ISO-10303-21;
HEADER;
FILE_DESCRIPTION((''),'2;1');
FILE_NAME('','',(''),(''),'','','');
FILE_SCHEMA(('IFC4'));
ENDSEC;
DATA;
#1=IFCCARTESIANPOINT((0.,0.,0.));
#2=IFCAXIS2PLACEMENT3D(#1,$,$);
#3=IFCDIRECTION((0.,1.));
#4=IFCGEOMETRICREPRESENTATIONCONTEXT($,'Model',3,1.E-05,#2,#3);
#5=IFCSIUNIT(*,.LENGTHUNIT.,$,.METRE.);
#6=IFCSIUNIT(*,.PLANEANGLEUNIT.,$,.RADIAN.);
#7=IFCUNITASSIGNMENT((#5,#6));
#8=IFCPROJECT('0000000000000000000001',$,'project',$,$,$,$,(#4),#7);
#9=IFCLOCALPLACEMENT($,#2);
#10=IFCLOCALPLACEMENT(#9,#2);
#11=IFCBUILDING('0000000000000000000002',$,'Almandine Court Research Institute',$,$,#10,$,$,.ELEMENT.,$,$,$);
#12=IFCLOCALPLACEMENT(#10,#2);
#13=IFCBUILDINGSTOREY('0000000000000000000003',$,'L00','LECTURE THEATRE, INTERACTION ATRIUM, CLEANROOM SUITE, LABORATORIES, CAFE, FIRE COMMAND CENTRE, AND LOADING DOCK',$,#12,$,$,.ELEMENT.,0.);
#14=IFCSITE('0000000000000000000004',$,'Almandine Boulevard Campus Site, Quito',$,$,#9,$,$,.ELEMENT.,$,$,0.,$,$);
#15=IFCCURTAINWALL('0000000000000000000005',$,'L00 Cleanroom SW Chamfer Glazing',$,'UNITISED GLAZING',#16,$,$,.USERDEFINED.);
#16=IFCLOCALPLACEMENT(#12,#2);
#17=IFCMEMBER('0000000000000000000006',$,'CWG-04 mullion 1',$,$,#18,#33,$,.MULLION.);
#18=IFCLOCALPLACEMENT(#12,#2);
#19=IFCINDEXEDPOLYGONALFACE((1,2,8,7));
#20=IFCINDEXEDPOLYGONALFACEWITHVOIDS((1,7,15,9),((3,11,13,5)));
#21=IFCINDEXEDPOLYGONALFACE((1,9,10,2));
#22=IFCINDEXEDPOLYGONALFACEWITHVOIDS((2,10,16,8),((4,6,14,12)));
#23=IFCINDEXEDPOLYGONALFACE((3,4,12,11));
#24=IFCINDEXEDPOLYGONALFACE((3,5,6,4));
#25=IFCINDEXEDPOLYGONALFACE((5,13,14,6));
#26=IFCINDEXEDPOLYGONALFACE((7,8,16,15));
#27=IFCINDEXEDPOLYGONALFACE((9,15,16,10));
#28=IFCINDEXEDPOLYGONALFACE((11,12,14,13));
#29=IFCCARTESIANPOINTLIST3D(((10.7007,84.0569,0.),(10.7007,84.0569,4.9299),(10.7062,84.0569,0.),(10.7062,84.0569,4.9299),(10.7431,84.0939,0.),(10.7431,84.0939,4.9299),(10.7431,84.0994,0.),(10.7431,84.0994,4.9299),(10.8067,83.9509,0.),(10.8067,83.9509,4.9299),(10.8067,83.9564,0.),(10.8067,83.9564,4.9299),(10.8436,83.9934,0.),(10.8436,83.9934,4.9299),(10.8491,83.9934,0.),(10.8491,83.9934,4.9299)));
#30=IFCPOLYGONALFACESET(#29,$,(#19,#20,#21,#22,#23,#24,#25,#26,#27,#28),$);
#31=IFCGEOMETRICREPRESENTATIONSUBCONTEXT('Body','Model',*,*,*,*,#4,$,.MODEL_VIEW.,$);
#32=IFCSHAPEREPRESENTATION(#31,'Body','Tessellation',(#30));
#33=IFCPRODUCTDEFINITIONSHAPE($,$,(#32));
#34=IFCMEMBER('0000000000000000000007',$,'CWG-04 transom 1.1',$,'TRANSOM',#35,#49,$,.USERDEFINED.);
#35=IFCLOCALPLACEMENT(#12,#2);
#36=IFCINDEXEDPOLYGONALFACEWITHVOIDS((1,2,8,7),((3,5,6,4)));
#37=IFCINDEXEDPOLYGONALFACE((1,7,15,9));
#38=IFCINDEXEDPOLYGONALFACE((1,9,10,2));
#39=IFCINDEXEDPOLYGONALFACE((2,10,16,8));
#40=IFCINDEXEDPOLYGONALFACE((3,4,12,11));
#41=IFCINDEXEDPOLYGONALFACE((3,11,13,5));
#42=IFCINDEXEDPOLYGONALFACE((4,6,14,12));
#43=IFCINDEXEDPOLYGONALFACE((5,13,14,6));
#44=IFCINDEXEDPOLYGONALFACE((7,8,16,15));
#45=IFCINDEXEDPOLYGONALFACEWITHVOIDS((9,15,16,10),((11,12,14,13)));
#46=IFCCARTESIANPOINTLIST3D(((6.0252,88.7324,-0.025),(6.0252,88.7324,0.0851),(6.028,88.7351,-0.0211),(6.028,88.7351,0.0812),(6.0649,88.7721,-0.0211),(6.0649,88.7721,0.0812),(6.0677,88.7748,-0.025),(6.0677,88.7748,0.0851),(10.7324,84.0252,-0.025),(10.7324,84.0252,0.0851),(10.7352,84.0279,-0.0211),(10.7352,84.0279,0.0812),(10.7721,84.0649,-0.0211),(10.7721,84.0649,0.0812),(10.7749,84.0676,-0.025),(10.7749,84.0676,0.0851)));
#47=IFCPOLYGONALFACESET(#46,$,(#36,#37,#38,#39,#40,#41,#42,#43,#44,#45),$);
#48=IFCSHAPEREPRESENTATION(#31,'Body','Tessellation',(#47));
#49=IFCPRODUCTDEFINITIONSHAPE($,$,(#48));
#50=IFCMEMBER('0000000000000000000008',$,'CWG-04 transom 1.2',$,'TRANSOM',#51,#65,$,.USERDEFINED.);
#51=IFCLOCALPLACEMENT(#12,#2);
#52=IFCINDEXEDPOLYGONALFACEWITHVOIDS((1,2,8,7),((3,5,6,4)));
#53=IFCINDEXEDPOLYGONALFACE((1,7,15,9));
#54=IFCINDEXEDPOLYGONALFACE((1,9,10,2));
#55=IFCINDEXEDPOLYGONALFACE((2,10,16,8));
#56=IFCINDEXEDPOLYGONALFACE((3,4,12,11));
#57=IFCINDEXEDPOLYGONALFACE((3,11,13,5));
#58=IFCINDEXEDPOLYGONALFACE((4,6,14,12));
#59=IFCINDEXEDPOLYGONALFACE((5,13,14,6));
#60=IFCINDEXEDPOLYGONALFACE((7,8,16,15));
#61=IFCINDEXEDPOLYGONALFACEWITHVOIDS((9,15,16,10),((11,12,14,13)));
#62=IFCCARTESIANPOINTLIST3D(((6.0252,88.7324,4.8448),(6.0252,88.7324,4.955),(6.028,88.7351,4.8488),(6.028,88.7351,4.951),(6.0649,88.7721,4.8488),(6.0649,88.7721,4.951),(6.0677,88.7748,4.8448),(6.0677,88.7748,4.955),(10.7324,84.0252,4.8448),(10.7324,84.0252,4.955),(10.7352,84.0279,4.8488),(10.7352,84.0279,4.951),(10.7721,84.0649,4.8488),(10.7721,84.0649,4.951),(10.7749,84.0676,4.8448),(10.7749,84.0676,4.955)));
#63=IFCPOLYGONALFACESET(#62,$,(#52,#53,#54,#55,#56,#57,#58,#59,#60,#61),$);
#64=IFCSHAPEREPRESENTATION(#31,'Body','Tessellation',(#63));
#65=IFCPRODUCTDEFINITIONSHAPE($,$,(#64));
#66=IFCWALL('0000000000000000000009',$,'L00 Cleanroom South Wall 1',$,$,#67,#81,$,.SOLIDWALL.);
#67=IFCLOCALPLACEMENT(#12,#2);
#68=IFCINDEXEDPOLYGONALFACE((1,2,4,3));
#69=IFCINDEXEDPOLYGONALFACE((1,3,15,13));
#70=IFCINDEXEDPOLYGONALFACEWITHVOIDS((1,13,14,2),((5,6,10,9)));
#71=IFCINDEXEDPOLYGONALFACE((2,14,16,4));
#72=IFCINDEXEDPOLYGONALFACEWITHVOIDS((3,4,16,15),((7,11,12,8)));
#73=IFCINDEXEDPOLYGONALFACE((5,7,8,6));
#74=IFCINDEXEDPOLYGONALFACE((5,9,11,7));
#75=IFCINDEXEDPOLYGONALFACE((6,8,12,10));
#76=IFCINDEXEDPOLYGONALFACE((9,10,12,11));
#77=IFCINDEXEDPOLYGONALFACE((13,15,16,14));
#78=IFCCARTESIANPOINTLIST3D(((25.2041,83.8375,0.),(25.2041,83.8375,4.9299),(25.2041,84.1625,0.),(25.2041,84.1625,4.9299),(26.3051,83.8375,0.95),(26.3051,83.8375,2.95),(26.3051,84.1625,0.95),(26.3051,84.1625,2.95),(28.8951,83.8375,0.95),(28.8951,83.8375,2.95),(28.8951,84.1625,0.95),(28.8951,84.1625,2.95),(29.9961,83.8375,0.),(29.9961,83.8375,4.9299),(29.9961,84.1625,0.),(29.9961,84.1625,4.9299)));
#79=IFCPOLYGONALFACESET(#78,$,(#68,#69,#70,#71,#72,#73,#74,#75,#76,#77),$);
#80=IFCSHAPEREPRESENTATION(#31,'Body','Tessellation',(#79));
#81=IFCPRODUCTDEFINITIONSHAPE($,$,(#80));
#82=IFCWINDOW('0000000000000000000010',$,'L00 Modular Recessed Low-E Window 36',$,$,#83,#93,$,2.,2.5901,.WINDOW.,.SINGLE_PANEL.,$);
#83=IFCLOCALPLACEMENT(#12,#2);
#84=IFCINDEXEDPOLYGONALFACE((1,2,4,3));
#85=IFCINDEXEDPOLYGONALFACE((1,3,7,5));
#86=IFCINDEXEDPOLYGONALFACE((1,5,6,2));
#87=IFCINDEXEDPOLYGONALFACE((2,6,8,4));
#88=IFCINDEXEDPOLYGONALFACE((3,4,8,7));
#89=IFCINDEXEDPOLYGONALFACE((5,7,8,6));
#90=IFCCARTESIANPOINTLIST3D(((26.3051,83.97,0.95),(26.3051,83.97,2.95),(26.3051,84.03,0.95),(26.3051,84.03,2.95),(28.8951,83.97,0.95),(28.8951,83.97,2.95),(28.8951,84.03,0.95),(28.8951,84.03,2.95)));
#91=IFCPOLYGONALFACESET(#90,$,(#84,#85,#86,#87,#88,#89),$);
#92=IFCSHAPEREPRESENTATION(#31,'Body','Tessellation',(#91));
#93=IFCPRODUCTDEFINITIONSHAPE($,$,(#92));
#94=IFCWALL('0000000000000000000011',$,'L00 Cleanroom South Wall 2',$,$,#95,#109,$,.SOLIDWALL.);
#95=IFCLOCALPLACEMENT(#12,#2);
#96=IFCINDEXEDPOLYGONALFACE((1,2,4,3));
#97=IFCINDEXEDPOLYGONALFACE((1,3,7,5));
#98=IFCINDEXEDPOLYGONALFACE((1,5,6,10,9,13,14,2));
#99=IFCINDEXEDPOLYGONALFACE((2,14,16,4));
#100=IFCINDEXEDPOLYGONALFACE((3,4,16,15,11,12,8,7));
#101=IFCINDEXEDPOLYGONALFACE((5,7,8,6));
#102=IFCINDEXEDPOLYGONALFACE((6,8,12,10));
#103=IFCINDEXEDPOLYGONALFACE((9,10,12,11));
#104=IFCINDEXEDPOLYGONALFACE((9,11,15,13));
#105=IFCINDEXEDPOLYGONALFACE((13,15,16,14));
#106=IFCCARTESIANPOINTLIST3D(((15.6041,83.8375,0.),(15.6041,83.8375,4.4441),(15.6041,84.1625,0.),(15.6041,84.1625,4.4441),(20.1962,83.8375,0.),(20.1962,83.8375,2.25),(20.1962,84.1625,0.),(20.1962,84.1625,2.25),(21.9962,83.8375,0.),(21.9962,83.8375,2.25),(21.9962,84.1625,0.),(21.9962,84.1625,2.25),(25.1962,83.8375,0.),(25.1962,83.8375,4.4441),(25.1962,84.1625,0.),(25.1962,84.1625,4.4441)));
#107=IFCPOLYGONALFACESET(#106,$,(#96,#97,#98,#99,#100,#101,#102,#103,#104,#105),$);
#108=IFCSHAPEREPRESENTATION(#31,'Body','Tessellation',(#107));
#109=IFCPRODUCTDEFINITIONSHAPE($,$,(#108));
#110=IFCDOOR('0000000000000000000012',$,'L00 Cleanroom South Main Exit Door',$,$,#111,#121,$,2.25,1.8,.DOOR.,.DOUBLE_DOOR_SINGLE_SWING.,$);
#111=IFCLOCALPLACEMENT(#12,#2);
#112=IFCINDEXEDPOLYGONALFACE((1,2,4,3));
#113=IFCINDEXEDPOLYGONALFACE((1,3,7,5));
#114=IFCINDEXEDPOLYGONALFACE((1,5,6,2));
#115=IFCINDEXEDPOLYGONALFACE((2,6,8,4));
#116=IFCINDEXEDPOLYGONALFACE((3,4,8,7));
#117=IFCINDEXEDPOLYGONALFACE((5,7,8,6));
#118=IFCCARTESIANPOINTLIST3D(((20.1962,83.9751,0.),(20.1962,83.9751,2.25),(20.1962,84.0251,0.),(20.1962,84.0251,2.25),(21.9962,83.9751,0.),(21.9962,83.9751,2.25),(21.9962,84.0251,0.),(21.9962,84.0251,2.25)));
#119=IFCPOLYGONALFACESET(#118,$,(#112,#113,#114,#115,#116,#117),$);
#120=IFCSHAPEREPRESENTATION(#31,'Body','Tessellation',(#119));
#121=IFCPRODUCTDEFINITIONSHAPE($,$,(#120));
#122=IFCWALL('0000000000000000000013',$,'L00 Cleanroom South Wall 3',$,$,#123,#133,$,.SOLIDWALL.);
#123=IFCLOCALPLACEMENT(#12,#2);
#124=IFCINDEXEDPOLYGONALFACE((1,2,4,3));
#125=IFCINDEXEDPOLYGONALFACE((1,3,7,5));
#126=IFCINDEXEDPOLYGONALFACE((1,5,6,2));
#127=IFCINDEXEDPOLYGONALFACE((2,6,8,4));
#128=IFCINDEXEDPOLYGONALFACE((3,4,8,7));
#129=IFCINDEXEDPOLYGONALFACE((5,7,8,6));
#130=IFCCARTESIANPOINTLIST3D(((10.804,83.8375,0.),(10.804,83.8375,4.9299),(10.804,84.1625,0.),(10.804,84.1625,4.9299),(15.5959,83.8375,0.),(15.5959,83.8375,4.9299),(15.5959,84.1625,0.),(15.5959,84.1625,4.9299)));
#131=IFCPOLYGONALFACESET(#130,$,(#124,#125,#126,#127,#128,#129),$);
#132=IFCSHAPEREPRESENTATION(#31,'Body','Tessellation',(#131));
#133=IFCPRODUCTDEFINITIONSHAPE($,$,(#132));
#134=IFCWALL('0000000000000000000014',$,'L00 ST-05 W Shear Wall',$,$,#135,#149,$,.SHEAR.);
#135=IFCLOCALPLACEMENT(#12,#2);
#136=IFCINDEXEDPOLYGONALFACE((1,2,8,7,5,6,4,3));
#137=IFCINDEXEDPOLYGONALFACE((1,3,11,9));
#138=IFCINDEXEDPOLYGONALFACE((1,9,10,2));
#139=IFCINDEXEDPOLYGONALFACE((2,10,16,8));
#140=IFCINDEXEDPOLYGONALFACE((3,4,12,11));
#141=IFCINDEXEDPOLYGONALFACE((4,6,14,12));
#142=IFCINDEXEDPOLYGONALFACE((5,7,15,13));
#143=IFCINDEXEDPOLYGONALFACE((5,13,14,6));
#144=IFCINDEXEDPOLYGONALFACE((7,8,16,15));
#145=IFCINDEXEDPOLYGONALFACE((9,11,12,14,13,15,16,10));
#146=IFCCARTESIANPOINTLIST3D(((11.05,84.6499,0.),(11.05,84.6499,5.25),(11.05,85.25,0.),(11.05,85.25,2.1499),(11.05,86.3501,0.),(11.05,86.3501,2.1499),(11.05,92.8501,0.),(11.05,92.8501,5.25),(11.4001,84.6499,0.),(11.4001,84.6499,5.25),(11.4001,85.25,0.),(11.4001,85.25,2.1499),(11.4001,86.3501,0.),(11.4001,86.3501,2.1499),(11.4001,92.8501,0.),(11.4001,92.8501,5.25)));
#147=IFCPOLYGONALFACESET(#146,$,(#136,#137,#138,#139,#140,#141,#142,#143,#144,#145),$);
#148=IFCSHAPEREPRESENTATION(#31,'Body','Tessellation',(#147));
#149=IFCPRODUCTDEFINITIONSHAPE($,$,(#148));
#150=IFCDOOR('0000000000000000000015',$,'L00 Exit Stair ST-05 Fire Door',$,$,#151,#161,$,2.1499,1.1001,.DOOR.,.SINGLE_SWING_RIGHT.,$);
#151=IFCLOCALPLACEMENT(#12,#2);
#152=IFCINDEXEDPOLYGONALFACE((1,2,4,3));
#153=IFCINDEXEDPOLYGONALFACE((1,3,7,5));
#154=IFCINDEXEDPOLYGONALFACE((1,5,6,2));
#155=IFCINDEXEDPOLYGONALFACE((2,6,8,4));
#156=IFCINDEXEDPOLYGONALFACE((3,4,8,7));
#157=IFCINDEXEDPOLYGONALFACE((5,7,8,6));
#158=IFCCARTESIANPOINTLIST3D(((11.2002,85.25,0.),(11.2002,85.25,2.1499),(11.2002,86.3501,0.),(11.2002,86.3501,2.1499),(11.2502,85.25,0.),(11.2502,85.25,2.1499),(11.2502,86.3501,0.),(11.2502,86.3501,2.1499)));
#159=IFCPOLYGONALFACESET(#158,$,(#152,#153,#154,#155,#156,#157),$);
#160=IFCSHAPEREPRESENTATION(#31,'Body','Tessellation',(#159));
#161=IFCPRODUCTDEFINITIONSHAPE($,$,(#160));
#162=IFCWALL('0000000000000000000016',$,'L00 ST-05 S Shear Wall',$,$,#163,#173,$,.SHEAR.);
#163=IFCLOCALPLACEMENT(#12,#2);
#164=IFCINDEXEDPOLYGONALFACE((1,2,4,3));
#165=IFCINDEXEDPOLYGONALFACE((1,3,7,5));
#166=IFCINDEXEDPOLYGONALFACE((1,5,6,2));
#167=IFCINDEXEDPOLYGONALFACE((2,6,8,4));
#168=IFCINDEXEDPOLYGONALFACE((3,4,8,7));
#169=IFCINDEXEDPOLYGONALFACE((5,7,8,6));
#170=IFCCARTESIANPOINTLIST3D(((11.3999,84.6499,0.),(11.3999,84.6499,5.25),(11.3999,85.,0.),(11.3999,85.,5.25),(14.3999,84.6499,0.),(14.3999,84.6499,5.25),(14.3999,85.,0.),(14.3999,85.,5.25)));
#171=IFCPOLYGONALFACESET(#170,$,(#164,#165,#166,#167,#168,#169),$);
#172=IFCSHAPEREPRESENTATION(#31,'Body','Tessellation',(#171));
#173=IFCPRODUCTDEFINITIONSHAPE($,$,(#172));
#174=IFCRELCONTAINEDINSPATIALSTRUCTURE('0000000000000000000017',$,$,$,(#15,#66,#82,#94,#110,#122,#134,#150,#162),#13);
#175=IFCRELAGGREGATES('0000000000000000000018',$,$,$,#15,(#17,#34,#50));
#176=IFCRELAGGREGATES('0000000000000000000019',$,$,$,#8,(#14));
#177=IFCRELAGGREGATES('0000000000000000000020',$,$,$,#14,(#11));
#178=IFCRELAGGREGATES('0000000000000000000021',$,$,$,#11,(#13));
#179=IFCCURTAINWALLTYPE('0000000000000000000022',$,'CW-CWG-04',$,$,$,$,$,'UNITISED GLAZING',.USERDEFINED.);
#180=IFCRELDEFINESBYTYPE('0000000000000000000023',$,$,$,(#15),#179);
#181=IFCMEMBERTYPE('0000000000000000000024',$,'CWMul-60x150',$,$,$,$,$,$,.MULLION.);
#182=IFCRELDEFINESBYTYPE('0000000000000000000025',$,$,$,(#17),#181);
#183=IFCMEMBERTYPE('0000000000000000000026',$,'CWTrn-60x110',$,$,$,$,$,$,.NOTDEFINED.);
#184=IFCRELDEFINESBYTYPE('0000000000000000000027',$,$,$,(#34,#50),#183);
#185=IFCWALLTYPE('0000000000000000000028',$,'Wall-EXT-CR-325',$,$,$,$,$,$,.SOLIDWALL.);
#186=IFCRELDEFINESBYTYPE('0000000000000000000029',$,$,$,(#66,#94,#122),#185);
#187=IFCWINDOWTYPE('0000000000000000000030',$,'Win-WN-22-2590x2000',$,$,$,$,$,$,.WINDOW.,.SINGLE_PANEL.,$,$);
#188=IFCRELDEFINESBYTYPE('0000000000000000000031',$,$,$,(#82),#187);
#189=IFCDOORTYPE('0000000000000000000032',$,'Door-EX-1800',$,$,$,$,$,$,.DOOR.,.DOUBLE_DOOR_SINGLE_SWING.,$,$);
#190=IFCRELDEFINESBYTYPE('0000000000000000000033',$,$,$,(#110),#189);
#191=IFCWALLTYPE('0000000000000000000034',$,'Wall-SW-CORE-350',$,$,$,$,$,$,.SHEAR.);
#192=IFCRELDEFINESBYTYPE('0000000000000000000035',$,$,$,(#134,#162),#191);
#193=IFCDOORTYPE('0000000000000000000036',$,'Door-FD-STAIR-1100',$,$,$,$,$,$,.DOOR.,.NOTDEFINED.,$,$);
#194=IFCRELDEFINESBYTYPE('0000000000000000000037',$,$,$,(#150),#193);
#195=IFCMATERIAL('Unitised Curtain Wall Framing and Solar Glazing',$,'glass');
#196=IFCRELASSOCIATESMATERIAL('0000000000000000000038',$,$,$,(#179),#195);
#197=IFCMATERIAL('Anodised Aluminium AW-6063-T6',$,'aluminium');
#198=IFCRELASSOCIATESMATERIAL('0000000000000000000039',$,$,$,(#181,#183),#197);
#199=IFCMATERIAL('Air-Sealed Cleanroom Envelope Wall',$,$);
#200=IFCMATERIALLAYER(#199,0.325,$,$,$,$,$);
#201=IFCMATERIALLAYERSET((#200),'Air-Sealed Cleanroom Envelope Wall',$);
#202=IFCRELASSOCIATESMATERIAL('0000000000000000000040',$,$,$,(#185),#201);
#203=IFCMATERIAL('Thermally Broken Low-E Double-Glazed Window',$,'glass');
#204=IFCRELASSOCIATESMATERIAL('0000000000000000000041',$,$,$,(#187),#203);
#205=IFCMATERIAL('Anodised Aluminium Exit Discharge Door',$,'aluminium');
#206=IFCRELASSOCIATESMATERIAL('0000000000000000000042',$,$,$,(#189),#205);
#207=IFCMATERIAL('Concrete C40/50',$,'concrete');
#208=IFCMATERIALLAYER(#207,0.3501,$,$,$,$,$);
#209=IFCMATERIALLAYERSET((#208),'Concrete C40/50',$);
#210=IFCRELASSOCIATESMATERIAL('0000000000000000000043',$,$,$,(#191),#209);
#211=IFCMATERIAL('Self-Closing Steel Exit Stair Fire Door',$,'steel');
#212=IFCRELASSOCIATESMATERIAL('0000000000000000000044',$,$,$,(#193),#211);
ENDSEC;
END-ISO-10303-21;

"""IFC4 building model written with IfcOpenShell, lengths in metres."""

from ifc_helpers import new_model, si_unit, direction, frame, frame_2d, origin, origin_2d, place, context, subcontext, project, spatial, rectangle, hollow_rectangle, extrude, material, layer, layer_set, material_profile, profile_set, type_object, element, fill, aggregate, save


model = new_model("IFC4")

# Units and contexts
model_context = context("Model", 3, precision=1e-05, world=origin(), true_north=direction((0.0, 1.0)))
body_context = subcontext(model_context, "Body", "Model", "MODEL_VIEW")
ifc_project = project(units=[si_unit("LENGTHUNIT", "METRE"), si_unit("PLANEANGLEUNIT", "RADIAN")], contexts=[model_context])

# Site, building, storey
site_placement = place(None, origin())
site = spatial("IfcSite", under=ifc_project, at=site_placement, Name="Almandine Boulevard Campus Site, Quito", CompositionType="ELEMENT", RefElevation=0.0)
building_placement = place(site_placement, origin())
building = spatial("IfcBuilding", under=site, at=building_placement, Name="Almandine Court Research Institute", CompositionType="ELEMENT")
storey_placement = place(building_placement, origin())
storey = spatial("IfcBuildingStorey", under=building, at=storey_placement, Name="L00", Description="LECTURE THEATRE, INTERACTION ATRIUM, CLEANROOM SUITE, LABORATORIES, CAFE, FIRE COMMAND CENTRE, AND LOADING DOCK", CompositionType="ELEMENT", Elevation=0.0)

# Shared definitions
ifc_material_1 = material(Name="Unitised Curtain Wall Framing and Solar Glazing", Category="glass")
curtain_wall_type = type_object("IfcCurtainWallType", Name="CW-CWG-04", ElementType="UNITISED GLAZING", PredefinedType="USERDEFINED", material=ifc_material_1)
ifc_material_2 = material(Name="Anodised Aluminium AW-6063-T6", Category="aluminium")
ifc_material_profile_1 = material_profile(ifc_material_2, hollow_rectangle(XDim=0.0601, YDim=0.1499, WallThickness=0.0039, at=origin_2d()), Name="ALU RHS 60x150x4")
ifc_profile_set_1 = profile_set([ifc_material_profile_1], Name="Anodised Aluminium AW-6063-T6")
member_type_1 = type_object("IfcMemberType", Name="CWMul-60x150", PredefinedType="MULLION", material=ifc_profile_set_1)

# Curtain wall, members
curtain_wall_1_placement = place(storey_placement, origin())
curtain_wall_1 = element("IfcCurtainWall", 1, at=curtain_wall_1_placement, inside=storey, type_object=curtain_wall_type, Name="L00 Cleanroom SW Chamfer Glazing", ObjectType="UNITISED GLAZING", PredefinedType="USERDEFINED")
member_1_placement = place(storey_placement, frame((10.7749, 84.0251, 0.0), z_axis=(0.0, 0.0, 1.0), x_axis=(-0.707107, -0.707107, 0.0)))
member_1 = element("IfcMember", 2, at=member_1_placement, type_object=member_type_1, Name="CWG-04 mullion 1", PredefinedType="MULLION", context=body_context, shape_type="SweptSolid", body=[
    extrude(hollow_rectangle(XDim=0.0601, YDim=0.1499, WallThickness=0.0039, at=origin_2d()), origin(), (0.0, 0.0, 1.0), 4.9299),
])
ifc_material_profile_2 = material_profile(ifc_material_2, hollow_rectangle(XDim=0.0601, YDim=0.1101, WallThickness=0.0039, at=origin_2d()), Name="ALU RHS 60x110x4")
ifc_profile_set_2 = profile_set([ifc_material_profile_2], Name="Anodised Aluminium AW-6063-T6")
member_type_2 = type_object("IfcMemberType", Name="CWTrn-60x110", PredefinedType="NOTDEFINED", material=ifc_profile_set_2)
member_2_placement = place(storey_placement, frame((10.7537, 84.0464, 0.03), z_axis=(-0.707107, 0.707107, 0.0), x_axis=(-0.707107, -0.707107, 0.0)))
member_2 = element("IfcMember", 3, at=member_2_placement, type_object=member_type_2, Name="CWG-04 transom 1.1", ObjectType="TRANSOM", PredefinedType="USERDEFINED", context=body_context, shape_type="SweptSolid", body=[
    extrude(hollow_rectangle(XDim=0.0601, YDim=0.1101, WallThickness=0.0039, at=origin_2d()), origin(), (0.0, 0.0, 1.0), 6.657),
])
member_3_placement = place(storey_placement, frame((10.7537, 84.0464, 4.8999), z_axis=(-0.707107, 0.707107, 0.0), x_axis=(-0.707107, -0.707107, 0.0)))
member_3 = element("IfcMember", 4, at=member_3_placement, type_object=member_type_2, Name="CWG-04 transom 1.2", ObjectType="TRANSOM", PredefinedType="USERDEFINED", context=body_context, shape_type="SweptSolid", body=[
    extrude(hollow_rectangle(XDim=0.0601, YDim=0.1101, WallThickness=0.0039, at=origin_2d()), origin(), (0.0, 0.0, 1.0), 6.657),
])
aggregate(curtain_wall_1, [member_1, member_2, member_3])

# Wall, opening, window
ifc_material_3 = material(Name="Air-Sealed Cleanroom Envelope Wall")
ifc_layer_1 = layer(ifc_material_3, 0.325)
ifc_layer_set_1 = layer_set([ifc_layer_1], Name="Air-Sealed Cleanroom Envelope Wall")
wall_type_1 = type_object("IfcWallType", Name="Wall-EXT-CR-325", PredefinedType="SOLIDWALL", material=ifc_layer_set_1)
wall_1_placement = place(storey_placement, frame((29.9961, 84.0, 0.0), z_axis=(0.0, 0.0, 1.0), x_axis=(-1.0, 0.0, 0.0)))
wall_1 = element("IfcWall", 5, at=wall_1_placement, inside=storey, type_object=wall_type_1, Name="L00 Cleanroom South Wall 1", PredefinedType="SOLIDWALL", context=body_context, shape_type="SweptSolid", body=[
    extrude(rectangle(XDim=4.792, YDim=0.325, at=frame_2d((2.396, 0.0))), origin(), (0.0, 0.0, 1.0), 4.9299),
])
opening_1_placement = place(wall_1_placement, frame((1.1011, 0.0, 0.95)))
opening_1 = element("IfcOpeningElement", 6, at=opening_1_placement, cuts=wall_1, PredefinedType="OPENING", context=body_context, shape_type="SweptSolid", body=[
    extrude(rectangle(XDim=2.5901, YDim=2.0, at=frame_2d((1.2949, 1.0))), frame((0.0, 0.1724, 0.0), z_axis=(0.0, -1.0, 0.0), x_axis=(1.0, 0.0, 0.0)), (0.0, 0.0, 1.0), 0.345),
])
ifc_material_4 = material(Name="Thermally Broken Low-E Double-Glazed Window", Category="glass")
window_type = type_object("IfcWindowType", Name="Win-WN-22-2590x2000", PartitioningType="SINGLE_PANEL", PredefinedType="WINDOW", material=ifc_material_4)
window_placement = place(opening_1_placement, origin())
window = element("IfcWindow", 7, at=window_placement, inside=storey, type_object=window_type, Name="L00 Modular Recessed Low-E Window 36", OverallHeight=2.0, OverallWidth=2.5901, PartitioningType="SINGLE_PANEL", PredefinedType="WINDOW", context=body_context, shape_type="SweptSolid", body=[
    extrude(rectangle(XDim=2.5901, YDim=2.0, at=frame_2d((1.2949, 1.0))), frame((0.0, 0.03, 0.0), z_axis=(0.0, -1.0, 0.0), x_axis=(1.0, 0.0, 0.0)), (0.0, 0.0, 1.0), 0.0601),
])
fill(opening_1, window)

# Wall, opening, door
wall_2_placement = place(storey_placement, frame((25.196, 84.0, 0.0), z_axis=(0.0, 0.0, 1.0), x_axis=(-1.0, 0.0, 0.0)))
wall_2 = element("IfcWall", 8, at=wall_2_placement, inside=storey, type_object=wall_type_1, Name="L00 Cleanroom South Wall 2", PredefinedType="SOLIDWALL", context=body_context, shape_type="SweptSolid", body=[
    extrude(rectangle(XDim=9.592, YDim=0.325, at=frame_2d((4.7959, 0.0))), origin(), (0.0, 0.0, 1.0), 4.4441),
])
opening_2_placement = place(wall_2_placement, frame((3.2, 0.0, 0.0)))
opening_2 = element("IfcOpeningElement", 9, at=opening_2_placement, cuts=wall_2, PredefinedType="OPENING", context=body_context, shape_type="SweptSolid", body=[
    extrude(rectangle(XDim=1.8, YDim=2.25, at=frame_2d((0.8999, 1.125))), frame((0.0, 0.1724, 0.0), z_axis=(0.0, -1.0, 0.0), x_axis=(1.0, 0.0, 0.0)), (0.0, 0.0, 1.0), 0.345),
])
ifc_material_5 = material(Name="Anodised Aluminium Exit Discharge Door", Category="aluminium")
door_type_1 = type_object("IfcDoorType", Name="Door-EX-1800", OperationType="DOUBLE_DOOR_SINGLE_SWING", PredefinedType="DOOR", material=ifc_material_5)
door_1_placement = place(opening_2_placement, origin())
door_1 = element("IfcDoor", 10, at=door_1_placement, inside=storey, type_object=door_type_1, Name="L00 Cleanroom South Main Exit Door", OperationType="DOUBLE_DOOR_SINGLE_SWING", OverallHeight=2.25, OverallWidth=1.8, PredefinedType="DOOR", context=body_context, shape_type="SweptSolid", body=[
    extrude(rectangle(XDim=1.8, YDim=2.25, at=frame_2d((0.8999, 1.125))), frame((0.0, 0.0249, 0.0), z_axis=(0.0, -1.0, 0.0), x_axis=(1.0, 0.0, 0.0)), (0.0, 0.0, 1.0), 0.05),
])
fill(opening_2, door_1)

# Wall
wall_3_placement = place(storey_placement, frame((15.5959, 84.0, 0.0), z_axis=(0.0, 0.0, 1.0), x_axis=(-1.0, 0.0, 0.0)))
element("IfcWall", 11, at=wall_3_placement, inside=storey, type_object=wall_type_1, Name="L00 Cleanroom South Wall 3", PredefinedType="SOLIDWALL", context=body_context, shape_type="SweptSolid", body=[
    extrude(rectangle(XDim=4.792, YDim=0.325, at=frame_2d((2.396, 0.0))), origin(), (0.0, 0.0, 1.0), 4.9299),
])

# Wall, opening, door
ifc_material_6 = material(Name="Concrete C40/50", Category="concrete")
ifc_layer_2 = layer(ifc_material_6, 0.3501)
ifc_layer_set_2 = layer_set([ifc_layer_2], Name="Concrete C40/50")
wall_type_2 = type_object("IfcWallType", Name="Wall-SW-CORE-350", PredefinedType="SHEAR", material=ifc_layer_set_2)
wall_4_placement = place(storey_placement, frame((11.2251, 84.6499, 0.0), z_axis=(0.0, 0.0, 1.0), x_axis=(0.0, 1.0, 0.0)))
wall_4 = element("IfcWall", 12, at=wall_4_placement, inside=storey, type_object=wall_type_2, Name="L00 ST-05 W Shear Wall", PredefinedType="SHEAR", context=body_context, shape_type="SweptSolid", body=[
    extrude(rectangle(XDim=8.2002, YDim=0.3501, at=frame_2d((4.1001, 0.0))), origin(), (0.0, 0.0, 1.0), 5.25),
])
opening_3_placement = place(wall_4_placement, frame((0.6001, 0.0, 0.0)))
opening_3 = element("IfcOpeningElement", 13, at=opening_3_placement, cuts=wall_4, PredefinedType="OPENING", context=body_context, shape_type="SweptSolid", body=[
    extrude(rectangle(XDim=1.1001, YDim=2.1499, at=frame_2d((0.55, 1.075))), frame((0.0, 0.1851, 0.0), z_axis=(0.0, -1.0, 0.0), x_axis=(1.0, 0.0, 0.0)), (0.0, 0.0, 1.0), 0.3701),
])
ifc_material_7 = material(Name="Self-Closing Steel Exit Stair Fire Door", Category="steel")
door_type_2 = type_object("IfcDoorType", Name="Door-FD-STAIR-1100", OperationType="NOTDEFINED", PredefinedType="DOOR", material=ifc_material_7)
door_2_placement = place(opening_3_placement, origin())
door_2 = element("IfcDoor", 14, at=door_2_placement, inside=storey, type_object=door_type_2, Name="L00 Exit Stair ST-05 Fire Door", OperationType="SINGLE_SWING_RIGHT", OverallHeight=2.1499, OverallWidth=1.1001, PredefinedType="DOOR", context=body_context, shape_type="SweptSolid", body=[
    extrude(rectangle(XDim=1.1001, YDim=2.1499, at=frame_2d((0.55, 1.075))), frame((0.0, 0.0249, 0.0), z_axis=(0.0, -1.0, 0.0), x_axis=(1.0, 0.0, 0.0)), (0.0, 0.0, 1.0), 0.05),
])
fill(opening_3, door_2)

# Wall
wall_5_placement = place(storey_placement, frame((14.3999, 84.825, 0.0), z_axis=(0.0, 0.0, 1.0), x_axis=(-1.0, 0.0, 0.0)))
element("IfcWall", 15, at=wall_5_placement, inside=storey, type_object=wall_type_2, Name="L00 ST-05 S Shear Wall", PredefinedType="SHEAR", context=body_context, shape_type="SweptSolid", body=[
    extrude(rectangle(XDim=3.0, YDim=0.3501, at=frame_2d((1.5, 0.0))), origin(), (0.0, 0.0, 1.0), 5.25),
])

save(model, "model.ifc")
